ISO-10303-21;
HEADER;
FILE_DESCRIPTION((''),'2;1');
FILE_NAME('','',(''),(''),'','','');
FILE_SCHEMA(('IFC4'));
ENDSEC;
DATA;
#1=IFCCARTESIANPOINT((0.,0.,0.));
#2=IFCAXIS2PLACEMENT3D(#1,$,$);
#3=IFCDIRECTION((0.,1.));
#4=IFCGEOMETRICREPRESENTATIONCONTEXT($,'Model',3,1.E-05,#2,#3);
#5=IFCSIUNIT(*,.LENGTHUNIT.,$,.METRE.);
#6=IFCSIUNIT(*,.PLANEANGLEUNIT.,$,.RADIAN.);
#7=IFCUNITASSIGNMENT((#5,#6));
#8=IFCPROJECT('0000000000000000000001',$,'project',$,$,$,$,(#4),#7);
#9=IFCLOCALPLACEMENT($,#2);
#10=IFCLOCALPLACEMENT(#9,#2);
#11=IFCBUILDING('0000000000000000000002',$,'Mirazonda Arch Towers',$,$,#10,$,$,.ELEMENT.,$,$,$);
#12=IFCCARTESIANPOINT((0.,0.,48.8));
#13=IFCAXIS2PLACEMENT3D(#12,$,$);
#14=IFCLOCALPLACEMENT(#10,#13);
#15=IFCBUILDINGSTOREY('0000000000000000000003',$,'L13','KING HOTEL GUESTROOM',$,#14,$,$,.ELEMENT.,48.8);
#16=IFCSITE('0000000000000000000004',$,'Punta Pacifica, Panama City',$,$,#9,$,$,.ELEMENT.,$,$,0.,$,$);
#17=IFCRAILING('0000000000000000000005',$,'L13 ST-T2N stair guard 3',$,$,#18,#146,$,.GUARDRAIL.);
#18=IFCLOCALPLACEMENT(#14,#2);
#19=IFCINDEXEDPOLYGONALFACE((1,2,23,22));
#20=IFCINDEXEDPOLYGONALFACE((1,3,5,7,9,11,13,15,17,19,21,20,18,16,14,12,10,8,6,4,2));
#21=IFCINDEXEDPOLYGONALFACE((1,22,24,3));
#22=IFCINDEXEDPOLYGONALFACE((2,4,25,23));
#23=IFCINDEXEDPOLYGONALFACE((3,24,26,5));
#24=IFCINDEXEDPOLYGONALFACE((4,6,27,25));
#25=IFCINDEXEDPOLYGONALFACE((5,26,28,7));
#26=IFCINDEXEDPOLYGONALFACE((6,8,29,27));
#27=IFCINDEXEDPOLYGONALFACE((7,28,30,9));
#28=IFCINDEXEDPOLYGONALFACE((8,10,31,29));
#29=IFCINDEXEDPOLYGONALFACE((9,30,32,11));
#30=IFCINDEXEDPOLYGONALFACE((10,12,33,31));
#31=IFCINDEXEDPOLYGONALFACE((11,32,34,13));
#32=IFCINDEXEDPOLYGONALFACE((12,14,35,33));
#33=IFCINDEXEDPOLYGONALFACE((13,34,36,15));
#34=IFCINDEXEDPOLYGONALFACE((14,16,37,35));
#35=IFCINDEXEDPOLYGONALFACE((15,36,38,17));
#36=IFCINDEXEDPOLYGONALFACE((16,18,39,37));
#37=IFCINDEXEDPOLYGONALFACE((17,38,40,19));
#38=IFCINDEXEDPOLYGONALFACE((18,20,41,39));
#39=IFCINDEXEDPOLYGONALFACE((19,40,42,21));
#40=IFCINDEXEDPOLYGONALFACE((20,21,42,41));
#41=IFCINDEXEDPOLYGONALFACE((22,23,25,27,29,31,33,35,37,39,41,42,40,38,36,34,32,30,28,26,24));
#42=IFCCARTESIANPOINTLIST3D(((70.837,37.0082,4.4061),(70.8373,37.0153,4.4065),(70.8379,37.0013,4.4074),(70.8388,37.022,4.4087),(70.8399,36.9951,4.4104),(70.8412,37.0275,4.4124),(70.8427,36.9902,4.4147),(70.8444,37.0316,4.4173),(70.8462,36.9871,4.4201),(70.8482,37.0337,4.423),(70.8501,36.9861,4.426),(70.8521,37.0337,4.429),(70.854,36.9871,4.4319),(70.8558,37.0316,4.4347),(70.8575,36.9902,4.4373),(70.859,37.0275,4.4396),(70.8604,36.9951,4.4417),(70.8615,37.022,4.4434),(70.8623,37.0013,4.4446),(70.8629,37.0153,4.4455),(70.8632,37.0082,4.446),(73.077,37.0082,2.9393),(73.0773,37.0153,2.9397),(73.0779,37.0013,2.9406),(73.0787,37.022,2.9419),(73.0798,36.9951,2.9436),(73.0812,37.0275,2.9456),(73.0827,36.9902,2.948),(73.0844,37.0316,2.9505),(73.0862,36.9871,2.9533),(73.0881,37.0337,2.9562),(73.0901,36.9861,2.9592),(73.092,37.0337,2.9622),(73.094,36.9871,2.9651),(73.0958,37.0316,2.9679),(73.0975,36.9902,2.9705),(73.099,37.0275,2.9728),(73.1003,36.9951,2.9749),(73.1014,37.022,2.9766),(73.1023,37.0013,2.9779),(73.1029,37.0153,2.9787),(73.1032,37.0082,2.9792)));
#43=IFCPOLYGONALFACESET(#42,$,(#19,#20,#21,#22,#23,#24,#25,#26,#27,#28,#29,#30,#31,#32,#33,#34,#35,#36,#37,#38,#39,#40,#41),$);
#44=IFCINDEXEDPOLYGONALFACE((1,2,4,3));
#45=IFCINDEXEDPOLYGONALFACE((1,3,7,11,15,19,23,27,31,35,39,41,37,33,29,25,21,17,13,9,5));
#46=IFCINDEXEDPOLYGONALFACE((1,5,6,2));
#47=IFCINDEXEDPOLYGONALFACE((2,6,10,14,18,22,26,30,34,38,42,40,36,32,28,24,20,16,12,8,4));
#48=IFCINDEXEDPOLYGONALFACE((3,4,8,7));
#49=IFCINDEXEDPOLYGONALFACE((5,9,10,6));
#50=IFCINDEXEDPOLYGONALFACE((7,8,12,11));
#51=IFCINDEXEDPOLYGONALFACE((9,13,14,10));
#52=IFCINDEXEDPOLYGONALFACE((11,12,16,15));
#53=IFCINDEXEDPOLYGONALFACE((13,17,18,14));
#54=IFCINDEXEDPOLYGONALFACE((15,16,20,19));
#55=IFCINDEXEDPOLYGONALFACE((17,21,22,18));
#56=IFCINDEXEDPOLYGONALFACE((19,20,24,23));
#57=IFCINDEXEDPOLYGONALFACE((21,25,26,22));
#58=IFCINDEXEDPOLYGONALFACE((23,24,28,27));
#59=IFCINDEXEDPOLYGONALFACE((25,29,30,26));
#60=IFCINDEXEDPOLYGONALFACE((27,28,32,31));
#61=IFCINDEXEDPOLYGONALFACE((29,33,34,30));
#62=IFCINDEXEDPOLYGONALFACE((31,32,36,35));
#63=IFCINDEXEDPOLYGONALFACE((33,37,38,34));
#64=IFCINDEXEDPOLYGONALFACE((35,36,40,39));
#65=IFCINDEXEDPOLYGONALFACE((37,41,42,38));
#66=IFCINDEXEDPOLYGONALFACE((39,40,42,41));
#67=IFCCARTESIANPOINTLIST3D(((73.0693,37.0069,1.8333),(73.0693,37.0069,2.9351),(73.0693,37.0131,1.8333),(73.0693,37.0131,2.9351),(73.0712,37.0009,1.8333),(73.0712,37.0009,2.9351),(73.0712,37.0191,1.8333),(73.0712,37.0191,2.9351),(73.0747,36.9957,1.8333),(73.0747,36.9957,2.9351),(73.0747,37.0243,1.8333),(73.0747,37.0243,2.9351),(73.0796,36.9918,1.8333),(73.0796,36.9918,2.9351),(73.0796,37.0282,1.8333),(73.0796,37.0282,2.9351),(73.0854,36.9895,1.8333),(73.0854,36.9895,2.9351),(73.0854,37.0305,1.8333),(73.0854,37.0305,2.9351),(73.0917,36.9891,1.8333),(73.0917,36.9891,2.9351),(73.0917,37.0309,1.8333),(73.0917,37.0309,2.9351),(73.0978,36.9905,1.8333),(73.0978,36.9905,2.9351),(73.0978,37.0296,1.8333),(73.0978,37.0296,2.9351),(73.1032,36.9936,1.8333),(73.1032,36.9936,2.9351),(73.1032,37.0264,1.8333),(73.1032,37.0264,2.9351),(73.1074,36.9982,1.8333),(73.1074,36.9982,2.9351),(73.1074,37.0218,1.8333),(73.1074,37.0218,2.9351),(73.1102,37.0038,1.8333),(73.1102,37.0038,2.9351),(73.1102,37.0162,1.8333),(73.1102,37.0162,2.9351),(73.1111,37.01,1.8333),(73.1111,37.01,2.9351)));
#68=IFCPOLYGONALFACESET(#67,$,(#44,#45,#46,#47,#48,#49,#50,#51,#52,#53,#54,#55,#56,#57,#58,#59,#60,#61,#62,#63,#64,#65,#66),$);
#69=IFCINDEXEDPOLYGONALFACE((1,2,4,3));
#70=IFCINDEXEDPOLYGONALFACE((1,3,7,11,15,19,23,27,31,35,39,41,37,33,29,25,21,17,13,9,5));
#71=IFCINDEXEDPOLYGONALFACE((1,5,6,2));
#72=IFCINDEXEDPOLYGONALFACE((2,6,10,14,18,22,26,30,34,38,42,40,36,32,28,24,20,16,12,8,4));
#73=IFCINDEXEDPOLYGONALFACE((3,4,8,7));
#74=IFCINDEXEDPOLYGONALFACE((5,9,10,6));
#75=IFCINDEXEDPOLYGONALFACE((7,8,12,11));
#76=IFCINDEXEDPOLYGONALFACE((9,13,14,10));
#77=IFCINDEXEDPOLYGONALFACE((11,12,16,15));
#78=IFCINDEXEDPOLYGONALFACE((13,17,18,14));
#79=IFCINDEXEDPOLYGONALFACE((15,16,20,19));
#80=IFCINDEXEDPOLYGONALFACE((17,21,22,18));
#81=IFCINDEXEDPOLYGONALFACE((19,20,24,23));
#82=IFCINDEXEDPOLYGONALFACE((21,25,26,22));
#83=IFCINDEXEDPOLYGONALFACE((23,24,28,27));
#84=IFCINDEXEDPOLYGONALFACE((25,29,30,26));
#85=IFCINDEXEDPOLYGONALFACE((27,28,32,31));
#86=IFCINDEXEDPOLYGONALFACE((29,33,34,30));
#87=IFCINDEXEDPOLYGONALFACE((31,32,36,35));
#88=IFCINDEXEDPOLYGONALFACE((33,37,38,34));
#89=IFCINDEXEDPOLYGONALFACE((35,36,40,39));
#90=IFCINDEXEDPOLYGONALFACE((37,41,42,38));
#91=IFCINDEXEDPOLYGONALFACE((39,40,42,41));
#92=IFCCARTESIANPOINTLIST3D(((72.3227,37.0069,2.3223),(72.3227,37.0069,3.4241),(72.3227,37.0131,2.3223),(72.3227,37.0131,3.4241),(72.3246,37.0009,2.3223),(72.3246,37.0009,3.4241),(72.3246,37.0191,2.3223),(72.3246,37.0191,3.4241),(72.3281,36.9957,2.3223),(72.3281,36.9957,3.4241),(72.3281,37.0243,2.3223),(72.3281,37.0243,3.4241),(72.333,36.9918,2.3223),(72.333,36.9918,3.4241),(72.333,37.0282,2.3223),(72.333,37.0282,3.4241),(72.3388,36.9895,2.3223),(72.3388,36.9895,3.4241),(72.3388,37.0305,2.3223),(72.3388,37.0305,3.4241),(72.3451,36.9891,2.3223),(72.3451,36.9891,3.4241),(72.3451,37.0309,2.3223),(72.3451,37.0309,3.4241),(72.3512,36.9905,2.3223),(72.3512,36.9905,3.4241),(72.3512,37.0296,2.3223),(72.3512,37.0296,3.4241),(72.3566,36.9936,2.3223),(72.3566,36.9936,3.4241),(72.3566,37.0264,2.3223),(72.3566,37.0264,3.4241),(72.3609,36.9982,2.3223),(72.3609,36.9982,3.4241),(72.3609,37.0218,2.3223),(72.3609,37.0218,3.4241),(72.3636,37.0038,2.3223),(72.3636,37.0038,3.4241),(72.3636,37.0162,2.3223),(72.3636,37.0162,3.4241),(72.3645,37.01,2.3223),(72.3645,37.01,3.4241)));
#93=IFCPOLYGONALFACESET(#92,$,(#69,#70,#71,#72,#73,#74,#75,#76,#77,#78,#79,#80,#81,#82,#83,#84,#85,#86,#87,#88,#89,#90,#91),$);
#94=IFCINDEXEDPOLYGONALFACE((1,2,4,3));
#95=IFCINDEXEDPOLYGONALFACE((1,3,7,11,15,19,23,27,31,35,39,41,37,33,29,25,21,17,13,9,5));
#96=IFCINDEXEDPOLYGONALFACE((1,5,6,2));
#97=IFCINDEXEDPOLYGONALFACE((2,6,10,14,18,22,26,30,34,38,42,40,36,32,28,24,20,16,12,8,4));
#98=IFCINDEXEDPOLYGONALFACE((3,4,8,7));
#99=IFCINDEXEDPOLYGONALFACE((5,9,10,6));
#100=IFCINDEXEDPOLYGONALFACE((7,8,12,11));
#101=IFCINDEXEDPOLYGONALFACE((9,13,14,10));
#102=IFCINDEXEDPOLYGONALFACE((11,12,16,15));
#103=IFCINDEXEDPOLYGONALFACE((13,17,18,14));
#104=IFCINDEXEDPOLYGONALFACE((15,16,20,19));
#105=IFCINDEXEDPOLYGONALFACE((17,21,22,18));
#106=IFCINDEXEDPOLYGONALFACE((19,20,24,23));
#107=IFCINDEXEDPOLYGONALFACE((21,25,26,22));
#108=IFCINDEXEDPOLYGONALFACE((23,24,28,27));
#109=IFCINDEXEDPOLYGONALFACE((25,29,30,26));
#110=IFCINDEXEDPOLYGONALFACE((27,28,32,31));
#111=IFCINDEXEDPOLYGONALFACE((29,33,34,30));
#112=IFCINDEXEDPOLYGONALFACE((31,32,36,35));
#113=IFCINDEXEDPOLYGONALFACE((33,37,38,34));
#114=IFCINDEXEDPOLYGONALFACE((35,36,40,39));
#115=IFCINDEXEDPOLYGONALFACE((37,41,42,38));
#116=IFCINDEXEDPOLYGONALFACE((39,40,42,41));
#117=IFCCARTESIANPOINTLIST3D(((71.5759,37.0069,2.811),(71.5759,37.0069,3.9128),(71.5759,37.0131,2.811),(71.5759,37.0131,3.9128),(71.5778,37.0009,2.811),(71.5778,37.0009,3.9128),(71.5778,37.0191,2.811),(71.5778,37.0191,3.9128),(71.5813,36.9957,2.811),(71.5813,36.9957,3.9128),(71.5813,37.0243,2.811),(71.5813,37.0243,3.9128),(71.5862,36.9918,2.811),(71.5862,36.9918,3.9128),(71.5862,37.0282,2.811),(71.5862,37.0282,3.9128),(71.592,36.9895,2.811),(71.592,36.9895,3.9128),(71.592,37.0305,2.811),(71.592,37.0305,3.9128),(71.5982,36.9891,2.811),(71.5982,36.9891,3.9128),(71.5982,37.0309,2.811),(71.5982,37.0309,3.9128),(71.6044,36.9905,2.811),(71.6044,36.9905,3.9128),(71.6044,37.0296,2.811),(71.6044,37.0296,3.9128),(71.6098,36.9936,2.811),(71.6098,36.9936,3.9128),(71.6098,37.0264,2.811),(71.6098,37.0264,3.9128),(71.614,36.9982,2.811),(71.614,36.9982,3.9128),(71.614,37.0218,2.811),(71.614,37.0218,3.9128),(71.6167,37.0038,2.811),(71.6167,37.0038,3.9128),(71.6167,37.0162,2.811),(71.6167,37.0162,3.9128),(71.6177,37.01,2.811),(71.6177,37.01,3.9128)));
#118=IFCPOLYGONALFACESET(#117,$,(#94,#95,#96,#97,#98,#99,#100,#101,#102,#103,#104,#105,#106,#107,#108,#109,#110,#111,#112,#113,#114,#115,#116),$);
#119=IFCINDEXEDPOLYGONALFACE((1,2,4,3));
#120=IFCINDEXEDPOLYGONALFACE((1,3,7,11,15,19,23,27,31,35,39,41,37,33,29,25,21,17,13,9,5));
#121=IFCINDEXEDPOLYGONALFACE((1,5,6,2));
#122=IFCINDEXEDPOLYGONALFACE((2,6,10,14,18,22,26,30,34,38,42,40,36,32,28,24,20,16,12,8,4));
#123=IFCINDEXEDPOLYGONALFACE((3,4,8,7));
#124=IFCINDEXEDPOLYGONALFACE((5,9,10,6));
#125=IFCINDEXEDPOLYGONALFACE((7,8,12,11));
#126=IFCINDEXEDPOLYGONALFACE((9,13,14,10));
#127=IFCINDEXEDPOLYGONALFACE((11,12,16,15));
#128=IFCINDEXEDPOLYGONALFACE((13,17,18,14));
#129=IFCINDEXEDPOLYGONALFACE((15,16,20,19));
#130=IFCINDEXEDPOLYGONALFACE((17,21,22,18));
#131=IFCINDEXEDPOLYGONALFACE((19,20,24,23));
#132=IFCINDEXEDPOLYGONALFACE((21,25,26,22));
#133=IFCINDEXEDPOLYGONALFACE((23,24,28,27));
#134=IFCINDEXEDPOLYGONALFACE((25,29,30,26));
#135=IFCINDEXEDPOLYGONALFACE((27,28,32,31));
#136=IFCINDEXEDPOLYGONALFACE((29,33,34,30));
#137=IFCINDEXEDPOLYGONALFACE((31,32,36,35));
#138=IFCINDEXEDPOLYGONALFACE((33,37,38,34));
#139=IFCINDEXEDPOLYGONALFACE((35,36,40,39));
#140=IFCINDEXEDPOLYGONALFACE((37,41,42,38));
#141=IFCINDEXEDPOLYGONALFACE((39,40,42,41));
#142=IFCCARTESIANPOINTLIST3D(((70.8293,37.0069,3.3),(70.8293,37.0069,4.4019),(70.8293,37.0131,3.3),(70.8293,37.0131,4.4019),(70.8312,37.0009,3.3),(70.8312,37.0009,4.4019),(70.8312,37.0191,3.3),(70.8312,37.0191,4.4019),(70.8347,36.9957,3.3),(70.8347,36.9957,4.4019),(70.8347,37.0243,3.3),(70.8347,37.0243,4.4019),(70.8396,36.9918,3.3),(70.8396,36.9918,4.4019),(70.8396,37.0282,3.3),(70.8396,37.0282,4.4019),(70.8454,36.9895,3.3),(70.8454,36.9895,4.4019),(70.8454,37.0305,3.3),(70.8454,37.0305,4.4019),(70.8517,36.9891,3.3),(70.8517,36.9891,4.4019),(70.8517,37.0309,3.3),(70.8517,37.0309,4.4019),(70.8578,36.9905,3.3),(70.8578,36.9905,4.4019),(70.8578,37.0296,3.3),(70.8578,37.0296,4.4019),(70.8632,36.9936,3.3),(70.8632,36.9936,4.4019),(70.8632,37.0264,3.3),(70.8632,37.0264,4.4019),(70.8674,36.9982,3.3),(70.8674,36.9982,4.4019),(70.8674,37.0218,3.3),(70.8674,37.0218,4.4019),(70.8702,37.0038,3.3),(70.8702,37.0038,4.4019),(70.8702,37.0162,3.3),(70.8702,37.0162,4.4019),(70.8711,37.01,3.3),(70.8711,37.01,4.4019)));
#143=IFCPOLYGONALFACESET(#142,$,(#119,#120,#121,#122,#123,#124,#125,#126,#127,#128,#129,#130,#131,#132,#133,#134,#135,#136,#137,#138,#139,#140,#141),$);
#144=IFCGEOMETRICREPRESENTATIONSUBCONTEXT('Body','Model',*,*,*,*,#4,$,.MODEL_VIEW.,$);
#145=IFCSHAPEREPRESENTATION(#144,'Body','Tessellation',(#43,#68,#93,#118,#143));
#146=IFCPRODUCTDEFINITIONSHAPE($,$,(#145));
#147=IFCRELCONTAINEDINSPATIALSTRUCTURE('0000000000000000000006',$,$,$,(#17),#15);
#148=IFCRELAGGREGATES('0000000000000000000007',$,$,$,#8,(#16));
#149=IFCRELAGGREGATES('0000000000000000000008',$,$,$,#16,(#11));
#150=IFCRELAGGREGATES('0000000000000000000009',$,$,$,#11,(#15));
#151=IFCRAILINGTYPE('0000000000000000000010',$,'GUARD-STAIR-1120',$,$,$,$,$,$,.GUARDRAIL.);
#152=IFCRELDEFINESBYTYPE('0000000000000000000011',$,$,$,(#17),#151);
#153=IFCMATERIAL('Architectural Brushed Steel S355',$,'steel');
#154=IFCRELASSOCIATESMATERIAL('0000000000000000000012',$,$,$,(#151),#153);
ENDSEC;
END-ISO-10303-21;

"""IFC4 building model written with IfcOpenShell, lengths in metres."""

from ifc_helpers import new_model, si_unit, direction, frame, origin, origin_2d, place, context, subcontext, project, spatial, circle, extrude, material, type_object, element, save


model = new_model("IFC4")

# Units and contexts
model_context = context("Model", 3, precision=1e-05, world=origin(), true_north=direction((0.0, 1.0)))
body_context = subcontext(model_context, "Body", "Model", "MODEL_VIEW")
ifc_project = project(units=[si_unit("LENGTHUNIT", "METRE"), si_unit("PLANEANGLEUNIT", "RADIAN")], contexts=[model_context])

# Site, building, storey
site_placement = place(None, origin())
site = spatial("IfcSite", under=ifc_project, at=site_placement, Name="Punta Pacifica, Panama City", CompositionType="ELEMENT", RefElevation=0.0)
building_placement = place(site_placement, origin())
building = spatial("IfcBuilding", under=site, at=building_placement, Name="Mirazonda Arch Towers", CompositionType="ELEMENT")
storey_placement = place(building_placement, frame((0.0, 0.0, 48.8)))
storey = spatial("IfcBuildingStorey", under=building, at=storey_placement, Name="L13", Description="KING HOTEL GUESTROOM", CompositionType="ELEMENT", Elevation=48.8)

# Shared definitions
ifc_material_1 = material(Name="Architectural Brushed Steel S355", Category="steel")

# Railing
railing_type_1 = type_object("IfcRailingType", Name="GUARD-STAIR-1120", PredefinedType="GUARDRAIL", material=ifc_material_1)
railing_1_placement = place(storey_placement, frame((73.0901, 37.01, 1.8333)))
element("IfcRailing", 1, at=railing_1_placement, inside=storey, type_object=railing_type_1, Name="L13 ST-T2N stair guard 3", PredefinedType="GUARDRAIL", context=body_context, shape_type="SweptSolid", body=[
    extrude(circle(Radius=0.0239, at=origin_2d()), frame((0.0, 0.0, 1.126), z_axis=(-0.836595, 0.0, 0.547822), x_axis=(0.0, -1.0, 0.0)), (0.0, 0.0, 1.0), 2.6775),
    extrude(circle(Radius=0.021, at=origin_2d()), origin(), (0.0, 0.0, 1.0), 1.1018),
    extrude(circle(Radius=0.021, at=origin_2d()), frame((-0.7466, 0.0, 0.489)), (0.0, 0.0, 1.0), 1.1018),
    extrude(circle(Radius=0.021, at=origin_2d()), frame((-1.4934, 0.0, 0.9778)), (0.0, 0.0, 1.0), 1.1018),
    extrude(circle(Radius=0.021, at=origin_2d()), frame((-2.24, 0.0, 1.4668)), (0.0, 0.0, 1.0), 1.1018),
])

save(model, "model.ifc")
